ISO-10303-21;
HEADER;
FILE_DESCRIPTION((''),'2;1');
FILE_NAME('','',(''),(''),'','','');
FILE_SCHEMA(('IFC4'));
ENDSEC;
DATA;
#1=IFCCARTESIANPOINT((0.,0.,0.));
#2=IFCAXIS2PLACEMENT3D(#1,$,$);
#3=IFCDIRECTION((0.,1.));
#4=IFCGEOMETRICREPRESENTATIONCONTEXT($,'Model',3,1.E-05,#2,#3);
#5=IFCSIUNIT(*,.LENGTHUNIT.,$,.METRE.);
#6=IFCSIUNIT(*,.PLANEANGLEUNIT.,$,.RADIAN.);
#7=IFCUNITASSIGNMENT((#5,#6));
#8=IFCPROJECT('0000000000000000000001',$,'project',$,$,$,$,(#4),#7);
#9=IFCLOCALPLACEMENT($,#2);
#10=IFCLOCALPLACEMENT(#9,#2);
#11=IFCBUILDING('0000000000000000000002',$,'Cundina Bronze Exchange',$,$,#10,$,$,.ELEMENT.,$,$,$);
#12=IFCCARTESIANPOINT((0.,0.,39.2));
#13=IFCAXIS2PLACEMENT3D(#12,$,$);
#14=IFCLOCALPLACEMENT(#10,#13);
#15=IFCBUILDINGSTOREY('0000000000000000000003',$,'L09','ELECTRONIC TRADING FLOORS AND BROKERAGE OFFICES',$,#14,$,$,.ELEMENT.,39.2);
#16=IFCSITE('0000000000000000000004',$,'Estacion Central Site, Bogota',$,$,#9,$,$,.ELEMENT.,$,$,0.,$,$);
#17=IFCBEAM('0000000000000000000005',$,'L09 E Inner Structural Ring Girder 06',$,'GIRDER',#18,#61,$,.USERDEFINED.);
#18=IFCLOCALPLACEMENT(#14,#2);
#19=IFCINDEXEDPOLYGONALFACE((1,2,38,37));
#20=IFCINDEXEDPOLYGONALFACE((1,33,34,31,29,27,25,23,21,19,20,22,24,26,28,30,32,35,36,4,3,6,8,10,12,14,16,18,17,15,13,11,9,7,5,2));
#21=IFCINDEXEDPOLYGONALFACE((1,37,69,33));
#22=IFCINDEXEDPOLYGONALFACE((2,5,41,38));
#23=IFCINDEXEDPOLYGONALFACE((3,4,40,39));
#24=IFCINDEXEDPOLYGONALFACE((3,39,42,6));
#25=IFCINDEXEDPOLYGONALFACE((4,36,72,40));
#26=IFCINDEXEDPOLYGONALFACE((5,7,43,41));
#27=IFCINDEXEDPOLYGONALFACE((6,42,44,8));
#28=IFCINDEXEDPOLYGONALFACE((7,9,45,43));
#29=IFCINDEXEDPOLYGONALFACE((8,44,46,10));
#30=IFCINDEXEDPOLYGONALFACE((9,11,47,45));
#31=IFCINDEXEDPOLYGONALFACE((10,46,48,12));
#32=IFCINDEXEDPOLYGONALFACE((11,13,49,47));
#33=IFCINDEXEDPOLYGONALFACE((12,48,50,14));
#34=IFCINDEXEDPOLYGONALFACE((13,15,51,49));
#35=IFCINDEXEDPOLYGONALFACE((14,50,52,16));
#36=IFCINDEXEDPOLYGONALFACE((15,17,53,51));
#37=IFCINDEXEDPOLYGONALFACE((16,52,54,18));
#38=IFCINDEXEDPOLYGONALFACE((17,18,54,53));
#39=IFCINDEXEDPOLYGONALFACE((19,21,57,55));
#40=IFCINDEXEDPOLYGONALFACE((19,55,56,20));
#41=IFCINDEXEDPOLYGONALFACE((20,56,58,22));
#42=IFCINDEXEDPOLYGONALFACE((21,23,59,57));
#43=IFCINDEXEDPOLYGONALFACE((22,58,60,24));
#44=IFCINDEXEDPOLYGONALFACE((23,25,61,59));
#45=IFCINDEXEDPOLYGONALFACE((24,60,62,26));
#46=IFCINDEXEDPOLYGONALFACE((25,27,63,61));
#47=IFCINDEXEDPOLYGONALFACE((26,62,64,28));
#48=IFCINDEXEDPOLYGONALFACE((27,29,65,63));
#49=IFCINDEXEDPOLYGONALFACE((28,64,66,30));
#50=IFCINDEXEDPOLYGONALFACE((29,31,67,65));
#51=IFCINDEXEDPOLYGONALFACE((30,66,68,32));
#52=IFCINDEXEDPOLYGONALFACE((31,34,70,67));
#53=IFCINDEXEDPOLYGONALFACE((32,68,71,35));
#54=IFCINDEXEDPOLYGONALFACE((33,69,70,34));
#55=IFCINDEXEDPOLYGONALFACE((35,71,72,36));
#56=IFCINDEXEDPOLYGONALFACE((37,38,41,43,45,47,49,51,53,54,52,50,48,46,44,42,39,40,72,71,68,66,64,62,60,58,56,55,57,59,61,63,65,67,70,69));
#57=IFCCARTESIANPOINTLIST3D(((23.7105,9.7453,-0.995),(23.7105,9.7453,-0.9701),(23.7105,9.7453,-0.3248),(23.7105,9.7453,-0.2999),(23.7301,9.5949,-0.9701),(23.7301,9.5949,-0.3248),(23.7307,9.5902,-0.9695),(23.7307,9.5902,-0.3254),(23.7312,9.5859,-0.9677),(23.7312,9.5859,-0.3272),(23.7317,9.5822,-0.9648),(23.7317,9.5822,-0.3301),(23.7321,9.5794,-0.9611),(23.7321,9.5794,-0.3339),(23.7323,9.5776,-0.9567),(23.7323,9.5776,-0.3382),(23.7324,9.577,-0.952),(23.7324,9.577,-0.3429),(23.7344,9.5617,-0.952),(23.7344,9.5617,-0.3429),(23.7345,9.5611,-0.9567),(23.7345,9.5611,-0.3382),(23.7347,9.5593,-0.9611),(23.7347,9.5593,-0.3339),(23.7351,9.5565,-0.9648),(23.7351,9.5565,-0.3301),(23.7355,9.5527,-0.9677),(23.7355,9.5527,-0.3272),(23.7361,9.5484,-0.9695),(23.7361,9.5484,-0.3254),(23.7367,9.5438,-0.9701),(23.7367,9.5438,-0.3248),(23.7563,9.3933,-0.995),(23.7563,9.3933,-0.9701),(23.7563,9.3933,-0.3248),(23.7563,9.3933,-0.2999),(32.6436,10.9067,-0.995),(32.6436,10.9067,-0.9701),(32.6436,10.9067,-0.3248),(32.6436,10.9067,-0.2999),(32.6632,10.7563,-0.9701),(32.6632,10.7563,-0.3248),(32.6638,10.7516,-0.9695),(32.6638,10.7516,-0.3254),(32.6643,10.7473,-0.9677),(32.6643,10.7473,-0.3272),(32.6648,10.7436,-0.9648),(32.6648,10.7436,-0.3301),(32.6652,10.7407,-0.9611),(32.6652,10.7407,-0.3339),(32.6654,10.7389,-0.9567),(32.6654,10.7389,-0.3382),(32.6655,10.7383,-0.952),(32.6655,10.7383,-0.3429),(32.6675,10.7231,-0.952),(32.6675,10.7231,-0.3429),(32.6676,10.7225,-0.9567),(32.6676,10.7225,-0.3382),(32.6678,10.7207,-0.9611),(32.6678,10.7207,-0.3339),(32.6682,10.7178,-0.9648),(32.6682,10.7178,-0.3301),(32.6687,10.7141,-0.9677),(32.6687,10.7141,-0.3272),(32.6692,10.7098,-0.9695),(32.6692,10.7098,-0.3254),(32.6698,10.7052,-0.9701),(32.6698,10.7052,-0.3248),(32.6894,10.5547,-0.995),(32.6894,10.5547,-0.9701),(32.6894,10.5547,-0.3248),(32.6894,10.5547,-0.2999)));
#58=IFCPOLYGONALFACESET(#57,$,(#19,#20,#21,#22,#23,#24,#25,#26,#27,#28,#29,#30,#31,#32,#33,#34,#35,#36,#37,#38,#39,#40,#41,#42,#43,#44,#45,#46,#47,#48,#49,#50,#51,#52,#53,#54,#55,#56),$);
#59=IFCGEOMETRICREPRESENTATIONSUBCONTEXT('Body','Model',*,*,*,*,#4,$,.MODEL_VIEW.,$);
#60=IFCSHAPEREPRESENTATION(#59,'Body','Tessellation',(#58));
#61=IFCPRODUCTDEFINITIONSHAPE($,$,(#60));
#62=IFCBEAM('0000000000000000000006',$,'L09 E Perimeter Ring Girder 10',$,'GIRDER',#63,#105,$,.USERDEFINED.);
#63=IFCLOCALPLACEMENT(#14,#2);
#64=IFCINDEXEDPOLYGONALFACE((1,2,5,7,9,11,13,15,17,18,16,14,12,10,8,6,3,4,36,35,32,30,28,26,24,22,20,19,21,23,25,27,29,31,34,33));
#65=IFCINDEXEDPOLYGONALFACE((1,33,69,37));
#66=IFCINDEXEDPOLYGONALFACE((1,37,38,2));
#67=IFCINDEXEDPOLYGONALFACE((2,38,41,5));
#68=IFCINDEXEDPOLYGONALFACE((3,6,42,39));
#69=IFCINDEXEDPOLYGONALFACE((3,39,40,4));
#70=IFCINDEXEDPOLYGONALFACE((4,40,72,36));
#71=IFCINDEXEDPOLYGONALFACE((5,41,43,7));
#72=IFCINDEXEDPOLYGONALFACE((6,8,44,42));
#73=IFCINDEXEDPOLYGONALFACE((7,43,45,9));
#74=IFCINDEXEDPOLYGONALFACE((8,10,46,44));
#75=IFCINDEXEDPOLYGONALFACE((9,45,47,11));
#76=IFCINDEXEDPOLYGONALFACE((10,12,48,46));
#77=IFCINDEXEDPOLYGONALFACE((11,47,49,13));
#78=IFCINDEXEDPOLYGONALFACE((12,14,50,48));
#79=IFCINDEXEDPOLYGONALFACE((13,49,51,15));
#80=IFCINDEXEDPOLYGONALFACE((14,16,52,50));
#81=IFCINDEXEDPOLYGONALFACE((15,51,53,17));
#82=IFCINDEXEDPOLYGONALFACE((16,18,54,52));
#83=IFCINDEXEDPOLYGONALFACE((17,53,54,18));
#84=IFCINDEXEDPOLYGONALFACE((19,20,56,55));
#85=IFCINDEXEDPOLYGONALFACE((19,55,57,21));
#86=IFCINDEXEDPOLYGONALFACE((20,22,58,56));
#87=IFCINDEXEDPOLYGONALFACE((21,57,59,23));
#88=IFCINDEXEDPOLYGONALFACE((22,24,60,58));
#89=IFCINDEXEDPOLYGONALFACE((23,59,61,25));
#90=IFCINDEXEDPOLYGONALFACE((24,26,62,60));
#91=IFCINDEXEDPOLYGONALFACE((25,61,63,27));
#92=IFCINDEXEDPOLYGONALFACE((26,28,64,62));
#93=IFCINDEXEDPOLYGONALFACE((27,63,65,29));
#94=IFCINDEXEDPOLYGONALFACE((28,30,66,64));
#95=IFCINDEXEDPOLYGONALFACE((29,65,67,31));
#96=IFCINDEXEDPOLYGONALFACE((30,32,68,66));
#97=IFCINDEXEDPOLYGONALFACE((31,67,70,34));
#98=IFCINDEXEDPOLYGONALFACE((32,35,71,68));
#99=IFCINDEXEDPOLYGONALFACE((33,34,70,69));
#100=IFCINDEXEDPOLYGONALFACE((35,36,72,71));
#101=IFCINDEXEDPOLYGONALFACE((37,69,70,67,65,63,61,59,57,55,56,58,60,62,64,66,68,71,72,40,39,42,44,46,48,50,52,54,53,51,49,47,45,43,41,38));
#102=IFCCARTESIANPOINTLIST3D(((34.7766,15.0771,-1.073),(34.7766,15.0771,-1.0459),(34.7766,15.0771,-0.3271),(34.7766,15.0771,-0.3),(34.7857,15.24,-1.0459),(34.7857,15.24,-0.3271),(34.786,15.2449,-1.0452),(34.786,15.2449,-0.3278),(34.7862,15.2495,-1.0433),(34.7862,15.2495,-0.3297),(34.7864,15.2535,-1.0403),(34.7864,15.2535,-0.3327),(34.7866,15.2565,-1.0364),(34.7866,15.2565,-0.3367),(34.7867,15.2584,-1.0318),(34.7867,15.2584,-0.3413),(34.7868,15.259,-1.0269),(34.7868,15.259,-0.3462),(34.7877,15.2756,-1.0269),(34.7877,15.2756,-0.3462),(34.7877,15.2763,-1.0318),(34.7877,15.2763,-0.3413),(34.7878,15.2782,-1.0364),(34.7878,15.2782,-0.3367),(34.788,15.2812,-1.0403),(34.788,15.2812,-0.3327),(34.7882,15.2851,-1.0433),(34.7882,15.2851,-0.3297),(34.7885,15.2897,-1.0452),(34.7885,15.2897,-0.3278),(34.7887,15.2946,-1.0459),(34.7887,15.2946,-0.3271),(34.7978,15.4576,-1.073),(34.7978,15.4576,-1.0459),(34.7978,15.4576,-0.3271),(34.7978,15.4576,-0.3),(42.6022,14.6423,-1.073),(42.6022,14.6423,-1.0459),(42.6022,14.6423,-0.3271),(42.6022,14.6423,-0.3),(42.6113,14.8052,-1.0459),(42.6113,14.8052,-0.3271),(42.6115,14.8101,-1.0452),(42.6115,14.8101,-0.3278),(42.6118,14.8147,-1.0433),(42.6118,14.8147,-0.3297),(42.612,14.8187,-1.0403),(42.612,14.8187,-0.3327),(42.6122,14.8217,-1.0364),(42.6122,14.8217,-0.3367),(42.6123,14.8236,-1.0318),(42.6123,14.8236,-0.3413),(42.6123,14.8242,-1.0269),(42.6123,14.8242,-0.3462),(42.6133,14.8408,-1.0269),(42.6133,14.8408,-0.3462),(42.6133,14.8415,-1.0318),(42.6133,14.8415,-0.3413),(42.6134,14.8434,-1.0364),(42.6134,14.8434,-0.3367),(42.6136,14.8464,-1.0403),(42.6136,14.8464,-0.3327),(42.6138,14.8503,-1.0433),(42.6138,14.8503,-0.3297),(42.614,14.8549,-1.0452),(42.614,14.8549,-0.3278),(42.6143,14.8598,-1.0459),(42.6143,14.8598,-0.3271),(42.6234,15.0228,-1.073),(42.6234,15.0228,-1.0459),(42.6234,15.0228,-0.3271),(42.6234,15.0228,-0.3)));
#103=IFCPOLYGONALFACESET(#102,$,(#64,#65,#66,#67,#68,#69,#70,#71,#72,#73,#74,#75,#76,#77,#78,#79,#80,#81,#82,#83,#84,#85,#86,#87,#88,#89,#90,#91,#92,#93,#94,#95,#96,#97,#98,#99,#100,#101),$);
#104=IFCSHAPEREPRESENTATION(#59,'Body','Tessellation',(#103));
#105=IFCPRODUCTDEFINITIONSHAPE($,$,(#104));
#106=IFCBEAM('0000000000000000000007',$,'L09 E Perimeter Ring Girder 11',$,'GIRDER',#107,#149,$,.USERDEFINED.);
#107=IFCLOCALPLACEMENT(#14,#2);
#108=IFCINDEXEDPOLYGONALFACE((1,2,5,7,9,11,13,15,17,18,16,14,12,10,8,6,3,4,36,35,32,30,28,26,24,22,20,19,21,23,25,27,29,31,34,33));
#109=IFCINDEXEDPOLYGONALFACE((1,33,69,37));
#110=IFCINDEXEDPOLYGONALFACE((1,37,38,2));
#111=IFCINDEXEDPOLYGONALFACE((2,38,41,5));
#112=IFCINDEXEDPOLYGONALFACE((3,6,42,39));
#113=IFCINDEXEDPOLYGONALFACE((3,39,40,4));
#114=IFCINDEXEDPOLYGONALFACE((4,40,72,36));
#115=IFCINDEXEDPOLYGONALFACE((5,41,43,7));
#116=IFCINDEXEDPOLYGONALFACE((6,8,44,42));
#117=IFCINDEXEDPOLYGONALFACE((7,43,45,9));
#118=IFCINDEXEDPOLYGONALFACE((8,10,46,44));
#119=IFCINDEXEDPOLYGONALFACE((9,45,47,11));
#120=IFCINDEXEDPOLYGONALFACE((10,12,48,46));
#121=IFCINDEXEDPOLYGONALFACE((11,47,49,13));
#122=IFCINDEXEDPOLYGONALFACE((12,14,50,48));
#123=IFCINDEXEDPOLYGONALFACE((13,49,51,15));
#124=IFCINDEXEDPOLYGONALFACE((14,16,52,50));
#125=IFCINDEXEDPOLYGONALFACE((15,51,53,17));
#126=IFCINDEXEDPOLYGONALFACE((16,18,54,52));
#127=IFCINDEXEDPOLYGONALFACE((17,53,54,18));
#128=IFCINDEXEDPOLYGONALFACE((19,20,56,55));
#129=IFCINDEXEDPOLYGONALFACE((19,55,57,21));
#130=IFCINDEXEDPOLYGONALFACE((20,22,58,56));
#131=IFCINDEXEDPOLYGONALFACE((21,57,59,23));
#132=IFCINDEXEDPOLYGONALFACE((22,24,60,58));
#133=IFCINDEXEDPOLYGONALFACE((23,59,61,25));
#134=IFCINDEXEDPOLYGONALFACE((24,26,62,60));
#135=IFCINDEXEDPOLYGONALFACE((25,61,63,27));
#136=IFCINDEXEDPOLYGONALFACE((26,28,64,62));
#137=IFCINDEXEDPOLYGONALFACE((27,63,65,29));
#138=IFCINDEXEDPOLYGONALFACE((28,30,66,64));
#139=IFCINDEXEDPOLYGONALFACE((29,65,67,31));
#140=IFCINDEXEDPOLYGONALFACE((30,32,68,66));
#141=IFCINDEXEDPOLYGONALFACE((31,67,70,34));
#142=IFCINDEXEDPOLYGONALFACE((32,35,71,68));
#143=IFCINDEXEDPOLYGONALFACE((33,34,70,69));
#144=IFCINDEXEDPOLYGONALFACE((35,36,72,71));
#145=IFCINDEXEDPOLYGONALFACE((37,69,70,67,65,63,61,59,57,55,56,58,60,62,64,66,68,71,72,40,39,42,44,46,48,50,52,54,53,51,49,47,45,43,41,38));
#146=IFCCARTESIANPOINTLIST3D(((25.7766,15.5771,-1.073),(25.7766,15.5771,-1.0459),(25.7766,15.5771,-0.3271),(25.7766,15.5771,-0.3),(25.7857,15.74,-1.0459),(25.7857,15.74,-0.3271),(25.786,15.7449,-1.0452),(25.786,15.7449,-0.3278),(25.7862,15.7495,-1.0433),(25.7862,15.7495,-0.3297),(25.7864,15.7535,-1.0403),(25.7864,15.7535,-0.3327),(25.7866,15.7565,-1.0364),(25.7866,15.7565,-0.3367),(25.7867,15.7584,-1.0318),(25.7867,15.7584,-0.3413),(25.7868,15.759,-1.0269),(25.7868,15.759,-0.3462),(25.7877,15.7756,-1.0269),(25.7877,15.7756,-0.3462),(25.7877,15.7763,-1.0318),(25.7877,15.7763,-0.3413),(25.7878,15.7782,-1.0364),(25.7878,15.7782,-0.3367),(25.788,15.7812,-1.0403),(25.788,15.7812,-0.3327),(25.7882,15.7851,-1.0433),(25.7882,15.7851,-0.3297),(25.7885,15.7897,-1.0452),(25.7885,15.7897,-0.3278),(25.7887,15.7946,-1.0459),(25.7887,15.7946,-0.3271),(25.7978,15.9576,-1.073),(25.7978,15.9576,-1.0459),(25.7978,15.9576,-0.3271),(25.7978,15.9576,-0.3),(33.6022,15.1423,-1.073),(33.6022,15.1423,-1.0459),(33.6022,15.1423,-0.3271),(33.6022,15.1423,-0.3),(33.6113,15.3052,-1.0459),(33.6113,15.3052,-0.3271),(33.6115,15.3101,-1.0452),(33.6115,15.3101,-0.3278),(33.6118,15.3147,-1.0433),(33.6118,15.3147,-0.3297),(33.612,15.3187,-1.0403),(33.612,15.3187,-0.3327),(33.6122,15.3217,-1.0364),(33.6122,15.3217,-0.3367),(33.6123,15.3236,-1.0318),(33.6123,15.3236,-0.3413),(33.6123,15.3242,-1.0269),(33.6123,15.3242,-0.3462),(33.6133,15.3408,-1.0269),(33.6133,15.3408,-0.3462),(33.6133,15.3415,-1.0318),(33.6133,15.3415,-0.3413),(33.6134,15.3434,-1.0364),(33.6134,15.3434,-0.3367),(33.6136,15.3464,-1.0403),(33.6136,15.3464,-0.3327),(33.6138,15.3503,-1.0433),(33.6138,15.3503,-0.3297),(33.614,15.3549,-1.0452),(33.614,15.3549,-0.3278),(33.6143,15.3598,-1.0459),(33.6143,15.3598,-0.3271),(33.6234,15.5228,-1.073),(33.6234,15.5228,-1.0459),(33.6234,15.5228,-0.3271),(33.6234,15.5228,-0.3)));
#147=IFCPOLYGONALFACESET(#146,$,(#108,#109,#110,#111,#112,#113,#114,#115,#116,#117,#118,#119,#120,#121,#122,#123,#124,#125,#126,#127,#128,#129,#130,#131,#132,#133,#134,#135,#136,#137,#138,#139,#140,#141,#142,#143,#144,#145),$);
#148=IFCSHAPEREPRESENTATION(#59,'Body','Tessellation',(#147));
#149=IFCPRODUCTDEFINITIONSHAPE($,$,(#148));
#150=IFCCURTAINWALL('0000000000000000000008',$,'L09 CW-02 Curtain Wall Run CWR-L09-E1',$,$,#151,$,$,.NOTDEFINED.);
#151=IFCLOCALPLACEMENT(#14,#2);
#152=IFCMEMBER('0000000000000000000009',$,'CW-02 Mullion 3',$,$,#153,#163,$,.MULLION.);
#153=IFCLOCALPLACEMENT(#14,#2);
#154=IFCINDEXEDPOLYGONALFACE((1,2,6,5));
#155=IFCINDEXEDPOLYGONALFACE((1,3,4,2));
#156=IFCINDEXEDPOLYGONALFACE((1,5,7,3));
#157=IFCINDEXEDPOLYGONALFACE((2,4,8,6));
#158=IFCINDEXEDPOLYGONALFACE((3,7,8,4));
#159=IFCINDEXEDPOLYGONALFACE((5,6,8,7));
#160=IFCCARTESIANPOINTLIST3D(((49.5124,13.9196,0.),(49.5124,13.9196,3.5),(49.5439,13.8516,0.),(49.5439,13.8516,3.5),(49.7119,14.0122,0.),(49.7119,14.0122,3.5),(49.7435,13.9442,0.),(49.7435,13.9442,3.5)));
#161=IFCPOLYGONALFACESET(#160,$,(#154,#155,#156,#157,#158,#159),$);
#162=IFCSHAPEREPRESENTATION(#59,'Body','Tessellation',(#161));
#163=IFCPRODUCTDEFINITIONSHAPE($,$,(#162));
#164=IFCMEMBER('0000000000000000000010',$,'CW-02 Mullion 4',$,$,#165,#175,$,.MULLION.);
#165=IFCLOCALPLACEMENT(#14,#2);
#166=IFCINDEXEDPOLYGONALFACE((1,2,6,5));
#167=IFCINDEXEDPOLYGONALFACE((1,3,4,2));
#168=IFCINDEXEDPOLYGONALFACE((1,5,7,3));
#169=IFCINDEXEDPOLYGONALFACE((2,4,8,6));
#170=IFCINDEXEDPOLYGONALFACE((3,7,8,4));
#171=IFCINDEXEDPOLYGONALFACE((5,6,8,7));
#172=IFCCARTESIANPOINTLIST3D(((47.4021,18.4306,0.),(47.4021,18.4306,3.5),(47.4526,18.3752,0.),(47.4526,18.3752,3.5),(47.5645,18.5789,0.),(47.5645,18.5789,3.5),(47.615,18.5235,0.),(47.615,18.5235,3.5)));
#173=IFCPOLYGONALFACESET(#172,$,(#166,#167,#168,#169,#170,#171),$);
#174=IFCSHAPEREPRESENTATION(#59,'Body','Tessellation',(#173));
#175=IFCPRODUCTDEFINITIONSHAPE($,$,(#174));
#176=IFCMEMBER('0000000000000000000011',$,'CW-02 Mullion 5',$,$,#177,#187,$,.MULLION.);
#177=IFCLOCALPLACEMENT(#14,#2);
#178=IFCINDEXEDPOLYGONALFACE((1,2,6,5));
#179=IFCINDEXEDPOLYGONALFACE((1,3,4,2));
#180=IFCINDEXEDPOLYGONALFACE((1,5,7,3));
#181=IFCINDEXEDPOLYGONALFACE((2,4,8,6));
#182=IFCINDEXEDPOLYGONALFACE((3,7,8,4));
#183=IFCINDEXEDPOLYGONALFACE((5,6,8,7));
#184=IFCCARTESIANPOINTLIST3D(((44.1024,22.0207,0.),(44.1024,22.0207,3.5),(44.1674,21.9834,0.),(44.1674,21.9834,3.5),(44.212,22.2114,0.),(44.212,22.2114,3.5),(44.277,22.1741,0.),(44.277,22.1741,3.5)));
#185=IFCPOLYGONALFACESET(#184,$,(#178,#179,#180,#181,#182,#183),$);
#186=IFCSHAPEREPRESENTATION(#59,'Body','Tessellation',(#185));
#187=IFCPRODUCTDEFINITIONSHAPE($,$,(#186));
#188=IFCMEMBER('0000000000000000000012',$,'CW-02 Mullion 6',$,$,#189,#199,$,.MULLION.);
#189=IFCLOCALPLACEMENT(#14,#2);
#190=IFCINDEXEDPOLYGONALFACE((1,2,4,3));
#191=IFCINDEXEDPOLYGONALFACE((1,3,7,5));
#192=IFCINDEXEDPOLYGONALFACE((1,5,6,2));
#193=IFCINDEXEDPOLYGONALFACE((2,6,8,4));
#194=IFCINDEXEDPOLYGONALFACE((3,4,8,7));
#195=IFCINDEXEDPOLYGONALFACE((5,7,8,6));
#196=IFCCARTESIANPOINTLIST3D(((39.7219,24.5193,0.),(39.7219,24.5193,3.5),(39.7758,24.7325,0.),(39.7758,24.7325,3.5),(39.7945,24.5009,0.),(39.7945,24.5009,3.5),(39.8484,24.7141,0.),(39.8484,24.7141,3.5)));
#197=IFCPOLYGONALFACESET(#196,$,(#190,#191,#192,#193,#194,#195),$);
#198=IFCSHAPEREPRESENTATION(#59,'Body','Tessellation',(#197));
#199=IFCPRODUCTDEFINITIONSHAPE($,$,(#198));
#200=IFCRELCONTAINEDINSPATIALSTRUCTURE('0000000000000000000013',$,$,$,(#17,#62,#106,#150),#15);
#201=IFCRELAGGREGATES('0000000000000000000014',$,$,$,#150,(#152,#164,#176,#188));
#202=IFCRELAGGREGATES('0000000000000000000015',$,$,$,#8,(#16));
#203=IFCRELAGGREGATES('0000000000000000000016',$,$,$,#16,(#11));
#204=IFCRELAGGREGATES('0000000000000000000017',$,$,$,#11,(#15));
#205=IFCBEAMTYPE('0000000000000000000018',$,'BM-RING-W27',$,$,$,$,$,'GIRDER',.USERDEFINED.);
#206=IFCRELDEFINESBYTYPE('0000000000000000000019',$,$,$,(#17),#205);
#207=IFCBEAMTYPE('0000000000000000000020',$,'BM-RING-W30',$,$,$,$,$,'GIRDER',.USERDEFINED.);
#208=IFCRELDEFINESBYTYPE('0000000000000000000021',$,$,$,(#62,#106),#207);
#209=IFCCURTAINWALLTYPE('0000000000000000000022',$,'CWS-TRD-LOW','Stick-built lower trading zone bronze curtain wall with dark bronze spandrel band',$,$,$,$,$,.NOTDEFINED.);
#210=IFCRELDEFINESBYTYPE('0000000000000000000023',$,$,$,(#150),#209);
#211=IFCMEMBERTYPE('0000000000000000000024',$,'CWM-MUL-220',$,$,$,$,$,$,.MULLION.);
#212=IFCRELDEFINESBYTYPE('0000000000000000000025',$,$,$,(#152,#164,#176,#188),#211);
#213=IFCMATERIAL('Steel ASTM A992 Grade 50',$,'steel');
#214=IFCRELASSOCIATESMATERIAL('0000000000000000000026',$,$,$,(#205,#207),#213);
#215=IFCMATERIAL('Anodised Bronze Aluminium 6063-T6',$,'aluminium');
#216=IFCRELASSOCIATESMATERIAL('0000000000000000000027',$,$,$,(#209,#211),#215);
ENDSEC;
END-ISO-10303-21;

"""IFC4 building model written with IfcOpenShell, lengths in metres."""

from ifc_helpers import new_model, si_unit, direction, frame, origin, origin_2d, place, context, subcontext, project, spatial, rectangle, i_section, extrude, material, material_profile, profile_set, type_object, element, aggregate, save


model = new_model("IFC4")

# Units and contexts
model_context = context("Model", 3, precision=1e-05, world=origin(), true_north=direction((0.0, 1.0)))
body_context = subcontext(model_context, "Body", "Model", "MODEL_VIEW")
ifc_project = project(units=[si_unit("LENGTHUNIT", "METRE"), si_unit("PLANEANGLEUNIT", "RADIAN")], contexts=[model_context])

# Site, building, storey
site_placement = place(None, origin())
site = spatial("IfcSite", under=ifc_project, at=site_placement, Name="Estacion Central Site, Bogota", CompositionType="ELEMENT", RefElevation=0.0)
building_placement = place(site_placement, origin())
building = spatial("IfcBuilding", under=site, at=building_placement, Name="Cundina Bronze Exchange", CompositionType="ELEMENT")
storey_placement = place(building_placement, frame((0.0, 0.0, 39.2)))
storey = spatial("IfcBuildingStorey", under=building, at=storey_placement, Name="L09", Description="ELECTRONIC TRADING FLOORS AND BROKERAGE OFFICES", CompositionType="ELEMENT", Elevation=39.2)

# Beams
ifc_material_1 = material(Name="Steel ASTM A992 Grade 50", Category="steel")
ifc_material_profile_1 = material_profile(ifc_material_1, i_section(OverallWidth=0.355, OverallDepth=0.6951, WebThickness=0.0154, FlangeThickness=0.0249, FilletRadius=0.0181, at=origin_2d()), Name="W27X146", Category="steel")
ifc_profile_set_1 = profile_set([ifc_material_profile_1], Name="Steel ASTM A992 Grade 50")
beam_type_1 = type_object("IfcBeamType", Name="BM-RING-W27", ElementType="GIRDER", PredefinedType="USERDEFINED", material=ifc_profile_set_1)
beam_1_placement = place(storey_placement, frame((32.6665, 10.7307, -0.6475), z_axis=(-0.991655, -0.128923, 0.0), x_axis=(0.128923, -0.991655, 0.0)))
element("IfcBeam", 1, at=beam_1_placement, inside=storey, type_object=beam_type_1, Name="L09 E Inner Structural Ring Girder 06", ObjectType="GIRDER", PredefinedType="USERDEFINED", context=body_context, shape_type="SweptSolid", body=[
    extrude(i_section(OverallWidth=0.355, OverallDepth=0.6951, WebThickness=0.0154, FlangeThickness=0.0249, FilletRadius=0.0181, at=origin_2d()), origin(), (0.0, 0.0, 1.0), 9.0083),
])
ifc_material_profile_2 = material_profile(ifc_material_1, i_section(OverallWidth=0.3811, OverallDepth=0.7729, WebThickness=0.0166, FlangeThickness=0.0271, FilletRadius=0.019, at=origin_2d()), Name="W30X173", Category="steel")
ifc_profile_set_2 = profile_set([ifc_material_profile_2], Name="Steel ASTM A992 Grade 50")
beam_type_2 = type_object("IfcBeamType", Name="BM-RING-W30", ElementType="GIRDER", PredefinedType="USERDEFINED", material=ifc_profile_set_2)
for number, where, z_axis, x_axis, name in (
    (2, (42.6128, 14.8325, -0.6865), (-0.99846, 0.055477, 0.0), (-0.055477, -0.99846, 0.0), "L09 E Perimeter Ring Girder 10"),
    (3, (33.6128, 15.3325, -0.6865), (-0.99846, 0.055477, 0.0), (-0.055477, -0.99846, 0.0), "L09 E Perimeter Ring Girder 11"),
):
    element("IfcBeam", number, at=place(storey_placement, frame(where, z_axis=z_axis, x_axis=x_axis)), inside=storey, type_object=beam_type_2, Name=name, ObjectType="GIRDER", PredefinedType="USERDEFINED", context=body_context, shape_type="SweptSolid", body=[
        extrude(i_section(OverallWidth=0.3811, OverallDepth=0.7729, WebThickness=0.0166, FlangeThickness=0.0271, FilletRadius=0.019, at=origin_2d()), origin(), (0.0, 0.0, 1.0), 7.8376),
    ])

# Curtain wall, members
ifc_material_2 = material(Name="Anodised Bronze Aluminium 6063-T6", Category="aluminium")
curtain_wall_type = type_object("IfcCurtainWallType", Name="CWS-TRD-LOW", Description="Stick-built lower trading zone bronze curtain wall with dark bronze spandrel band", PredefinedType="NOTDEFINED", material=ifc_material_2)
curtain_wall_placement = place(storey_placement, origin())
curtain_wall = element("IfcCurtainWall", 4, at=curtain_wall_placement, inside=storey, type_object=curtain_wall_type, Name="L09 CW-02 Curtain Wall Run CWR-L09-E1", PredefinedType="NOTDEFINED")
ifc_material_profile_3 = material_profile(ifc_material_2, rectangle(XDim=0.075, YDim=0.22, at=origin_2d()), Name="AL75X220", Category="aluminium")
ifc_profile_set_3 = profile_set([ifc_material_profile_3], Name="Anodised Bronze Aluminium 6063-T6")
member_type_1 = type_object("IfcMemberType", Name="CWM-MUL-220", PredefinedType="MULLION", material=ifc_profile_set_3)
member_1_placement = place(storey_placement, frame((49.6279, 13.9319, 0.0), z_axis=(0.0, 0.0, 1.0), x_axis=(-0.420877, 0.907117, 0.0)))
member_1 = element("IfcMember", 5, at=member_1_placement, type_object=member_type_1, Name="CW-02 Mullion 3", PredefinedType="MULLION", context=body_context, shape_type="SweptSolid", body=[
    extrude(rectangle(XDim=0.075, YDim=0.22, at=origin_2d()), origin(), (0.0, 0.0, 1.0), 3.5),
])
member_2_placement = place(storey_placement, frame((47.5085, 18.4771, 0.0), z_axis=(0.0, 0.0, 1.0), x_axis=(-0.674302, 0.738455, 0.0)))
member_2 = element("IfcMember", 6, at=member_2_placement, type_object=member_type_1, Name="CW-02 Mullion 4", PredefinedType="MULLION", context=body_context, shape_type="SweptSolid", body=[
    extrude(rectangle(XDim=0.075, YDim=0.22, at=origin_2d()), origin(), (0.0, 0.0, 1.0), 3.5),
])
member_3_placement = place(storey_placement, frame((44.1897, 22.0974, 0.0), z_axis=(0.0, 0.0, 1.0), x_axis=(-0.867071, 0.498185, 0.0)))
member_3 = element("IfcMember", 7, at=member_3_placement, type_object=member_type_1, Name="CW-02 Mullion 5", PredefinedType="MULLION", context=body_context, shape_type="SweptSolid", body=[
    extrude(rectangle(XDim=0.075, YDim=0.22, at=origin_2d()), origin(), (0.0, 0.0, 1.0), 3.5),
])
member_4_placement = place(storey_placement, frame((39.7852, 24.6167, 0.0), z_axis=(0.0, 0.0, 1.0), x_axis=(-0.969488, 0.245138, 0.0)))
member_4 = element("IfcMember", 8, at=member_4_placement, type_object=member_type_1, Name="CW-02 Mullion 6", PredefinedType="MULLION", context=body_context, shape_type="SweptSolid", body=[
    extrude(rectangle(XDim=0.075, YDim=0.22, at=origin_2d()), origin(), (0.0, 0.0, 1.0), 3.5),
])
aggregate(curtain_wall, [member_1, member_2, member_3, member_4])

save(model, "model.ifc")
